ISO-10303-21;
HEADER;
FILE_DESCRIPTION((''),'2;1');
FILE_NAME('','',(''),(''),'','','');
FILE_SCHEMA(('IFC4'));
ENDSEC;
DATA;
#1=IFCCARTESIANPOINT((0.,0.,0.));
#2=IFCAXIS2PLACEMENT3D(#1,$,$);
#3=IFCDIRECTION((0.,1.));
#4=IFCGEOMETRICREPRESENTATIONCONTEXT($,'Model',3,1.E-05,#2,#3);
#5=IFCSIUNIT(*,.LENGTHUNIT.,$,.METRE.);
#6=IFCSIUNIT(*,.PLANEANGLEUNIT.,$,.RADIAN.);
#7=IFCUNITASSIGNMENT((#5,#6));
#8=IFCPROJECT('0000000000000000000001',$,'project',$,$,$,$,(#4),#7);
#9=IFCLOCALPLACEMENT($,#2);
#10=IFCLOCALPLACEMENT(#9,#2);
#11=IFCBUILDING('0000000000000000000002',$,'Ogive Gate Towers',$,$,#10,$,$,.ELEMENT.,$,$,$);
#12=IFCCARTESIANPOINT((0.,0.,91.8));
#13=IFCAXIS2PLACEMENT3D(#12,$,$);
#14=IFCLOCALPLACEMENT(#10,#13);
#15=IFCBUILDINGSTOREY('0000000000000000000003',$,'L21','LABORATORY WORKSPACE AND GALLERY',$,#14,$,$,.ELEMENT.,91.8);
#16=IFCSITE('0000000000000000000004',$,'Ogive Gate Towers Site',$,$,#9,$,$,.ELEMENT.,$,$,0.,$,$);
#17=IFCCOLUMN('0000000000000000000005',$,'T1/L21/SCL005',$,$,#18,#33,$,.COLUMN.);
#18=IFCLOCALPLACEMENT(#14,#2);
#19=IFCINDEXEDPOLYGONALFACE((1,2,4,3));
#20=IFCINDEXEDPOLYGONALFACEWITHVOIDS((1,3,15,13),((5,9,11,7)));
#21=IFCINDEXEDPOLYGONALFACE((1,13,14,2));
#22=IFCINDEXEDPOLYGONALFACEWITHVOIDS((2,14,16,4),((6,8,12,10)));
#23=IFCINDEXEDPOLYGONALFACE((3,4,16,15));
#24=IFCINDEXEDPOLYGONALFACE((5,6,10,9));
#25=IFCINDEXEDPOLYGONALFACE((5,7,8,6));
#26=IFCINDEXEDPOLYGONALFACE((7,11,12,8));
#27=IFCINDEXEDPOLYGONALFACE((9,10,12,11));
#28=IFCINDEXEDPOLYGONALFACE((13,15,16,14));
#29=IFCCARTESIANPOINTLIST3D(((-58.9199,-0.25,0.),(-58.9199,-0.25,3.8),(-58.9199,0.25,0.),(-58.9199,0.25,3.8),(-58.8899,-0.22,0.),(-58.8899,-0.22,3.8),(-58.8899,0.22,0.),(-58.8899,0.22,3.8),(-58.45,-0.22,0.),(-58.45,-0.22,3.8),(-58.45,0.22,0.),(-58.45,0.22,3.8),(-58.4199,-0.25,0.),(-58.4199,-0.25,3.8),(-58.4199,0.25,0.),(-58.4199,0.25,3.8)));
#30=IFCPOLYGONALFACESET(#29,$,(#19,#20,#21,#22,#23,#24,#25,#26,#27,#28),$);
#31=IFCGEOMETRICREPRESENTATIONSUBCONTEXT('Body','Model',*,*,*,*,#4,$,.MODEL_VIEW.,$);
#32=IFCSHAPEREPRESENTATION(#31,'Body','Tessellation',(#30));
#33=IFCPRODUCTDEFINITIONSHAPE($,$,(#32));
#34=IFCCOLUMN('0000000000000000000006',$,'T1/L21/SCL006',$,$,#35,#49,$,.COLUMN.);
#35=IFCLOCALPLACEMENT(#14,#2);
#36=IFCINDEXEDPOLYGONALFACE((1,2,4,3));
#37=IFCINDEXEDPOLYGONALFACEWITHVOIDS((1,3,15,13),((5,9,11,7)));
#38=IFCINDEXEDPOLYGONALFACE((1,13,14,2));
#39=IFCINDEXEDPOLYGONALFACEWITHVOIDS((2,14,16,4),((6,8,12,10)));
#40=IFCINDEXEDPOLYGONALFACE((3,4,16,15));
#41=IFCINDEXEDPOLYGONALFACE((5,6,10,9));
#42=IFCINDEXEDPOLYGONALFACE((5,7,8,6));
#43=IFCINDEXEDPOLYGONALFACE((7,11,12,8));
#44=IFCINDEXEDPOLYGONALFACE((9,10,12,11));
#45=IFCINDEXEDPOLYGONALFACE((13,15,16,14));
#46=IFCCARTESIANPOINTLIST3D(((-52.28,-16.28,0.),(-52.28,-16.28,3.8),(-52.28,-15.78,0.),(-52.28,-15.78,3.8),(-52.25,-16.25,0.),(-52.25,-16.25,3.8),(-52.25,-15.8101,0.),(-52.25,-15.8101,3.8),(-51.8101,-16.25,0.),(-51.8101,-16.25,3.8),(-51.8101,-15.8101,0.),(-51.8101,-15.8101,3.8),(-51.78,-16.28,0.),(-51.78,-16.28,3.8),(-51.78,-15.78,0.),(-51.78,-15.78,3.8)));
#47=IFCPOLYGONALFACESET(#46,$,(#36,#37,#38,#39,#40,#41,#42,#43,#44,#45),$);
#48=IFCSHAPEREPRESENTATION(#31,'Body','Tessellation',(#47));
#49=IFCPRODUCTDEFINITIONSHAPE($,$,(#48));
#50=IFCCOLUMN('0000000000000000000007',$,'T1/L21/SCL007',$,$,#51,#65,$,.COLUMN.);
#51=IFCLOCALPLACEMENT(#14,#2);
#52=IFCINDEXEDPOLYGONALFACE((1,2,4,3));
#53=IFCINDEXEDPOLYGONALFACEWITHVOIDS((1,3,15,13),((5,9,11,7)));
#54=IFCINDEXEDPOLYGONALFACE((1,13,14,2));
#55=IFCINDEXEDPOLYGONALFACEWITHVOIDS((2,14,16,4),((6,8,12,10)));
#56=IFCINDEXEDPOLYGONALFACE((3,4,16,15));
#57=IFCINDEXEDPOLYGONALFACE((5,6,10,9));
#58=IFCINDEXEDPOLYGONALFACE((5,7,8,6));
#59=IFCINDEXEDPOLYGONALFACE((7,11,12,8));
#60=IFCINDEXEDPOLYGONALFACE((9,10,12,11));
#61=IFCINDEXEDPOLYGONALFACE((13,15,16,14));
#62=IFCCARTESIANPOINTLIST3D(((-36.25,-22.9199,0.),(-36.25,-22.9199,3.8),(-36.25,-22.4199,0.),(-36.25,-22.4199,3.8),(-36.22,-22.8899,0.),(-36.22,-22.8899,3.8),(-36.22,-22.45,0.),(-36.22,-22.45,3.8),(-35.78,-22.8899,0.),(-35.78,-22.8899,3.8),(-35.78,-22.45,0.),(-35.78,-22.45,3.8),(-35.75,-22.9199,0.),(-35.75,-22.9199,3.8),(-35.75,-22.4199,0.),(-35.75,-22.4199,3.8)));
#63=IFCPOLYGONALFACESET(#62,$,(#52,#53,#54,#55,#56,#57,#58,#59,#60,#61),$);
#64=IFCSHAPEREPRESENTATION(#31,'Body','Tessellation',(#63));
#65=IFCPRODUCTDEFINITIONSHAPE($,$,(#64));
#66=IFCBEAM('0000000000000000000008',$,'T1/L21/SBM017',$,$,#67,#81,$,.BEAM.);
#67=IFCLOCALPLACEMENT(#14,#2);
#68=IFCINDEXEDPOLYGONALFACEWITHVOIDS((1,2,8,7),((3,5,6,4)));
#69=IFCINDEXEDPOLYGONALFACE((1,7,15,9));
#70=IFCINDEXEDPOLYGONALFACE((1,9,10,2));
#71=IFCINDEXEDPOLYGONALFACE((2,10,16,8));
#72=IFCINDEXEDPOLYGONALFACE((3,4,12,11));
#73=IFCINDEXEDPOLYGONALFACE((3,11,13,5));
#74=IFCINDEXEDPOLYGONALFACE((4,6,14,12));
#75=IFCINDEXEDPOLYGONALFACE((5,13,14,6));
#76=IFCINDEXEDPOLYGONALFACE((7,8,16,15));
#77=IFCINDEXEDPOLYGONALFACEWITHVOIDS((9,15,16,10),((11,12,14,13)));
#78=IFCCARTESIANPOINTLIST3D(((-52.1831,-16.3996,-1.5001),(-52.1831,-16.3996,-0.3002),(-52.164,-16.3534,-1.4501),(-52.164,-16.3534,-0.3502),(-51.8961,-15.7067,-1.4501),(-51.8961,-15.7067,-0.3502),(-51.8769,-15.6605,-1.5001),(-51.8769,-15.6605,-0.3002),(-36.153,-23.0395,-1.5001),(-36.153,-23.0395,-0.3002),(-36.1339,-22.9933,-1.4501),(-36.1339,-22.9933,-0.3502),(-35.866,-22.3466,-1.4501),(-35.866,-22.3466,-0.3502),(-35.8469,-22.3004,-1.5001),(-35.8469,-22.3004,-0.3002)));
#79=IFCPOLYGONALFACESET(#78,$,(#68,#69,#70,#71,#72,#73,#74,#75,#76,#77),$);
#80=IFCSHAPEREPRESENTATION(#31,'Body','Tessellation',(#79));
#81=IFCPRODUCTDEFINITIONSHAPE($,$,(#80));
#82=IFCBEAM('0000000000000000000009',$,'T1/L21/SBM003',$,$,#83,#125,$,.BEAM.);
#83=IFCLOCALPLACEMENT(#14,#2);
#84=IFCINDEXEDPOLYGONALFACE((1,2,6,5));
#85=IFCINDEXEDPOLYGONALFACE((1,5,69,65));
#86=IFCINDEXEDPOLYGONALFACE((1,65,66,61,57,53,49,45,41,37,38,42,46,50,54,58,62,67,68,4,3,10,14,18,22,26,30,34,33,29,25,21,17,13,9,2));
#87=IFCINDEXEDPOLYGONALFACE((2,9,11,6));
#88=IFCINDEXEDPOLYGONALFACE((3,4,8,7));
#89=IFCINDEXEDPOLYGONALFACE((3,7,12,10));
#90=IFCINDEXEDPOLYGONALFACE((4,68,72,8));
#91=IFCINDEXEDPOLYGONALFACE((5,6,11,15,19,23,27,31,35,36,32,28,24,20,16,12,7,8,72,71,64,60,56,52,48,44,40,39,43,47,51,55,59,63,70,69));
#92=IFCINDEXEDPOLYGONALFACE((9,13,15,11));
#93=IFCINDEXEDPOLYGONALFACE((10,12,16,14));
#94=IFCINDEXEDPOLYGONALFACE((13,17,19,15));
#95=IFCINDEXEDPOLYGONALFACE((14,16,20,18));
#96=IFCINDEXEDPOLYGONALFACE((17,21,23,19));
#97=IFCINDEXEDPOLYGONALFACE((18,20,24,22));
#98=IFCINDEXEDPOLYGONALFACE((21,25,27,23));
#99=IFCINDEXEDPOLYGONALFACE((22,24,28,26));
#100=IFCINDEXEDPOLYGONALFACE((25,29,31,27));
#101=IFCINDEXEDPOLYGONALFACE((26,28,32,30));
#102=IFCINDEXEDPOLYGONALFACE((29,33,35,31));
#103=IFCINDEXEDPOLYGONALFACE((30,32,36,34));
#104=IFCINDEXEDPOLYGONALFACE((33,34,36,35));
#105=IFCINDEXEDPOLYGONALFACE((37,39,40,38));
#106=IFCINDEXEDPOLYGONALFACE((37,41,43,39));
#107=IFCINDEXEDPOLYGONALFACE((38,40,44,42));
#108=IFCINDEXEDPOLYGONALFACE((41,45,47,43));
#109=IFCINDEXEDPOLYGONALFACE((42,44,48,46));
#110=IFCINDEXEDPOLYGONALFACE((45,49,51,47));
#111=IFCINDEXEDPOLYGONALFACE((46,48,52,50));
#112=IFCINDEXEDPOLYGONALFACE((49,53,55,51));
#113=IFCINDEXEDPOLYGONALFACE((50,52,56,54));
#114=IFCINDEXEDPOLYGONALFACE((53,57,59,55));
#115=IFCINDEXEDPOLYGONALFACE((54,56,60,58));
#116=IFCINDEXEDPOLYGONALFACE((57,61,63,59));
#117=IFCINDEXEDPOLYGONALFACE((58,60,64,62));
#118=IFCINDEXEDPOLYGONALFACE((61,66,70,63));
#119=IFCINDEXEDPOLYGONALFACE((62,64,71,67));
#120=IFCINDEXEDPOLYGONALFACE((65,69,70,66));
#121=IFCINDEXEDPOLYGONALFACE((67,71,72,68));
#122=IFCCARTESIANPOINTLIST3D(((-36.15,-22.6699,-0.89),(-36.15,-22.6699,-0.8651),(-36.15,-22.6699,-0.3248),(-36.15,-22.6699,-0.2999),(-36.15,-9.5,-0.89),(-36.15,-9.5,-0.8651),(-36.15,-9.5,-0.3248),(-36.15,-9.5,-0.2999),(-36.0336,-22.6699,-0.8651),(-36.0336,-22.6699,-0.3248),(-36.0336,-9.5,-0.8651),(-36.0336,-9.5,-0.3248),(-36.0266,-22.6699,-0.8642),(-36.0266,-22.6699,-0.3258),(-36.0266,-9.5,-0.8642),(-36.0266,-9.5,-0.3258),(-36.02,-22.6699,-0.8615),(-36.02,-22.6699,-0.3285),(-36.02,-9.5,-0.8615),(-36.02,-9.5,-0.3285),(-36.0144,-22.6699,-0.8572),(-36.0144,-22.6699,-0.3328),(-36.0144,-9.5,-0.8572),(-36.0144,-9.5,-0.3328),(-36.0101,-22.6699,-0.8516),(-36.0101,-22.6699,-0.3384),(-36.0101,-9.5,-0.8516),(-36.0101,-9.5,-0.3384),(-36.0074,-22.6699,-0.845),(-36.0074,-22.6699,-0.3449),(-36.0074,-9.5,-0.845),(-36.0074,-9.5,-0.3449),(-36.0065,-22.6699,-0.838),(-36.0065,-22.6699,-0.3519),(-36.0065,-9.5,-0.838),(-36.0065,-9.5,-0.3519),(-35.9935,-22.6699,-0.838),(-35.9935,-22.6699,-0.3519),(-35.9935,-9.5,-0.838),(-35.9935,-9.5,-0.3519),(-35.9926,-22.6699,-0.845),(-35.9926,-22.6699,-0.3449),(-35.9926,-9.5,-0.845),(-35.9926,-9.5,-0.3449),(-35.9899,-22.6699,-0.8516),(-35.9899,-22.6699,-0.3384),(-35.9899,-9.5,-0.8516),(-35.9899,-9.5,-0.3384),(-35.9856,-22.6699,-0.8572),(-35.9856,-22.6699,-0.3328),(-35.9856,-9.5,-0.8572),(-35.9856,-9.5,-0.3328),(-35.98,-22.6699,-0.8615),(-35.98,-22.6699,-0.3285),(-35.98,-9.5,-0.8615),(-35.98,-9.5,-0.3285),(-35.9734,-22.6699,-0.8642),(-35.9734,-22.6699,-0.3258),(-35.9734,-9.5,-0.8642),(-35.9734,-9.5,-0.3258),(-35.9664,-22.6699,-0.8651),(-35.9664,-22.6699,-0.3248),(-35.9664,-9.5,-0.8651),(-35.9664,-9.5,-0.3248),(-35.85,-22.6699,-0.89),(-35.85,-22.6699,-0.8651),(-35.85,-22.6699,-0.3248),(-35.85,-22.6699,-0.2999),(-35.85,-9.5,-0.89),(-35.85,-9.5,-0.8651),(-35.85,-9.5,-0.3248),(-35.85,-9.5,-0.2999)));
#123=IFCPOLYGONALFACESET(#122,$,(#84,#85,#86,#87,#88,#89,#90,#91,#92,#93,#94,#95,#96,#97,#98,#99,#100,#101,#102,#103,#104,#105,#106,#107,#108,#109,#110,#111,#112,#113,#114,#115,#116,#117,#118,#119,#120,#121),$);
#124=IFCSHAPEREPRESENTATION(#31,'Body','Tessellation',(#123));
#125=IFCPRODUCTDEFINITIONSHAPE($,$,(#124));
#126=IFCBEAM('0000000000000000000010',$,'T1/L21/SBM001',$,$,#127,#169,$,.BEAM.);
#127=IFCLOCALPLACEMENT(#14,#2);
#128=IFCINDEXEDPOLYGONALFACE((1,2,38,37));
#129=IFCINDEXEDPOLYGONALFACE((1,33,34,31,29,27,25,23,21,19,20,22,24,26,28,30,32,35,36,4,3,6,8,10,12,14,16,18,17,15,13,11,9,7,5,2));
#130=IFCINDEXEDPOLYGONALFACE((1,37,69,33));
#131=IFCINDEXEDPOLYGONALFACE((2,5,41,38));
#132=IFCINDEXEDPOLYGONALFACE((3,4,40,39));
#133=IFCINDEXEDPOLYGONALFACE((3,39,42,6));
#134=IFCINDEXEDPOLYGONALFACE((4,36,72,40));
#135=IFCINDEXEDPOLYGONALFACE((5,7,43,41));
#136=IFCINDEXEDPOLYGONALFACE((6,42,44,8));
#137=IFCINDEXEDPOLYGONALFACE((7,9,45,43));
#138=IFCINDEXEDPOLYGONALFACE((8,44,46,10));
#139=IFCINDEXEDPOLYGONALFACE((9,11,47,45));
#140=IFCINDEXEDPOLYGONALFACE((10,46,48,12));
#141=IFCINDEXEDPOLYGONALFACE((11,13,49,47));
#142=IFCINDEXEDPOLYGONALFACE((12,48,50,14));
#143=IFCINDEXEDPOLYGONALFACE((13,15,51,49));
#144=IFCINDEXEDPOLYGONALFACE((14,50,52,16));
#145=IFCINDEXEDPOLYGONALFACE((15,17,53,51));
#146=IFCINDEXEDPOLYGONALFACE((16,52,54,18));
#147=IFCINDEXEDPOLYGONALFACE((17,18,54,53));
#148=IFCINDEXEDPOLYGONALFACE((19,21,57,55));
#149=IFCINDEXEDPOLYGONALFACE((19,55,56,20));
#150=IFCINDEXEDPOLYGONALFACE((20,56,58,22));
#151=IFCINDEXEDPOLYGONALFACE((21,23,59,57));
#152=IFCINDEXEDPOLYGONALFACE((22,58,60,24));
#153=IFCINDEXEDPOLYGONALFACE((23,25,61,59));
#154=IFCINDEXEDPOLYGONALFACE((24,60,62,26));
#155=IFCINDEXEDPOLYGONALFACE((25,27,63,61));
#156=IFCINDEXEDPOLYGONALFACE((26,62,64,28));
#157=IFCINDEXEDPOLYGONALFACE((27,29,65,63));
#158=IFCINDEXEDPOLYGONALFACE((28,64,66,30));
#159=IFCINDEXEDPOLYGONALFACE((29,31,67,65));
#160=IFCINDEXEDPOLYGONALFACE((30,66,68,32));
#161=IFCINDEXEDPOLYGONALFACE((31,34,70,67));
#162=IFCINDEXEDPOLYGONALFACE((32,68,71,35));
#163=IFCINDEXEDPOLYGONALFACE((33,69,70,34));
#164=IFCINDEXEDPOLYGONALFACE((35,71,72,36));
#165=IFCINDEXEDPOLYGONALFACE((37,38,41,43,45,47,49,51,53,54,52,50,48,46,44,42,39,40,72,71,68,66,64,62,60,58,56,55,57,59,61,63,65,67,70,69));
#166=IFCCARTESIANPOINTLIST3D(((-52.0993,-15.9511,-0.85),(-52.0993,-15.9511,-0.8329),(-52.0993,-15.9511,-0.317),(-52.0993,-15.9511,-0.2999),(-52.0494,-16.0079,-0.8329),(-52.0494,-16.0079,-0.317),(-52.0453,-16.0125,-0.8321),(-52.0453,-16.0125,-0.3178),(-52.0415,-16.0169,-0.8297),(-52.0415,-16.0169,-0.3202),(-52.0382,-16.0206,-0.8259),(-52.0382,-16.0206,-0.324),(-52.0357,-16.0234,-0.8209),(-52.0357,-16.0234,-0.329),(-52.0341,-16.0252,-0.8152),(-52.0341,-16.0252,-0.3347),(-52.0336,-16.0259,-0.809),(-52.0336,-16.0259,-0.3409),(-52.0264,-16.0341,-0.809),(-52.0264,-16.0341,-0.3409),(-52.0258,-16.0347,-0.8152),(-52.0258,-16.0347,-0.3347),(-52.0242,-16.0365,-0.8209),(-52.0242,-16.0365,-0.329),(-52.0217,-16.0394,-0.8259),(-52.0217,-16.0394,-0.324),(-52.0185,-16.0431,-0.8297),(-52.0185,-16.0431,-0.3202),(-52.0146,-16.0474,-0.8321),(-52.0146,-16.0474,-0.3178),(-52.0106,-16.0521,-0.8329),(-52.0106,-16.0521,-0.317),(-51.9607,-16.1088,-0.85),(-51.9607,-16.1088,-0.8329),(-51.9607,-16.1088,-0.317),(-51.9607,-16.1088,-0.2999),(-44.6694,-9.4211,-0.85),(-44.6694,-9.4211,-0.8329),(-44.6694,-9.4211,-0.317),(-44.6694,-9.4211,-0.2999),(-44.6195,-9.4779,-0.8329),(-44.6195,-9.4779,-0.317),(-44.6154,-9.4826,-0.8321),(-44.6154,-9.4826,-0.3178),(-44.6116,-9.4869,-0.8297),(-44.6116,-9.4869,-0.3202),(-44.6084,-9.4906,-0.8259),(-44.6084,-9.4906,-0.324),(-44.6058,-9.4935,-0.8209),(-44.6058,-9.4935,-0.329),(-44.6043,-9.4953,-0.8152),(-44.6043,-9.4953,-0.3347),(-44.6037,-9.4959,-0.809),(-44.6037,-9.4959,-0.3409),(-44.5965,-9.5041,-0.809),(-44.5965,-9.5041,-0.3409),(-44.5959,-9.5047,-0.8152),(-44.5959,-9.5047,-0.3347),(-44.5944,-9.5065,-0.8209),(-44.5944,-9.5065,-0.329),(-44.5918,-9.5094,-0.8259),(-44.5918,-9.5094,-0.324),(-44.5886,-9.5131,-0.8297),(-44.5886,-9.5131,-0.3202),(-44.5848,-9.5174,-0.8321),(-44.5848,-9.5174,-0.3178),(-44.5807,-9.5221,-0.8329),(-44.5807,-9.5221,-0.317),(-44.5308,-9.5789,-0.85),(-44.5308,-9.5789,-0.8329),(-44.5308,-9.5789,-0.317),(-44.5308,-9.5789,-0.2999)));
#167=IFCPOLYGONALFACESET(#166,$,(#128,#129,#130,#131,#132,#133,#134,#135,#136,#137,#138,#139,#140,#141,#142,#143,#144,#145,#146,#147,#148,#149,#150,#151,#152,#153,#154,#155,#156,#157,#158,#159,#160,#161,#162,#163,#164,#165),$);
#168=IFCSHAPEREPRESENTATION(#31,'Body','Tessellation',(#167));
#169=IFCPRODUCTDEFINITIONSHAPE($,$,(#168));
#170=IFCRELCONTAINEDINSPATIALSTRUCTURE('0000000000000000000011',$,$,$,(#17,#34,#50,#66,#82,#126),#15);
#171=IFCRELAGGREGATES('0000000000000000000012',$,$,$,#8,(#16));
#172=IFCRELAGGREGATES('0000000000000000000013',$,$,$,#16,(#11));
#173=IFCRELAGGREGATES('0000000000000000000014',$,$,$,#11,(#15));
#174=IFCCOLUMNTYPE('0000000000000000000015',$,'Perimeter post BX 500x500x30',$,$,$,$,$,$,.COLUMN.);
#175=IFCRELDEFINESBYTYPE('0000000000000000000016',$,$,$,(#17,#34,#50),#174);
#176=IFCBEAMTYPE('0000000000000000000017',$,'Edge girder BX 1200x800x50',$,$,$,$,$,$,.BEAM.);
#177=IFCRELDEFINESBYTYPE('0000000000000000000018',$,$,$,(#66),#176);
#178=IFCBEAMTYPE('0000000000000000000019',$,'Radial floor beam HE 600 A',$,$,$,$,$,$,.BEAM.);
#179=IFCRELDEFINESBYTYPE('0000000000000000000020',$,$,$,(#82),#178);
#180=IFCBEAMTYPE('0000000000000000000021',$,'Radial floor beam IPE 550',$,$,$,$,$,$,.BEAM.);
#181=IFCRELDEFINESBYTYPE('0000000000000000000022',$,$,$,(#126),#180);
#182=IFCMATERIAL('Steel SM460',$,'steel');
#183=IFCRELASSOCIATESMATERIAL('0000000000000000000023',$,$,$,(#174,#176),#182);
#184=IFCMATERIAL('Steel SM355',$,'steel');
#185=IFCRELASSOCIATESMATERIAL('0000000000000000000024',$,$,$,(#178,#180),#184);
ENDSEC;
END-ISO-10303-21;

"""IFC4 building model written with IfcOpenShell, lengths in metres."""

from ifc_helpers import new_model, si_unit, direction, frame, origin, origin_2d, place, context, subcontext, project, spatial, hollow_rectangle, i_section, extrude, material, material_profile, profile_set, type_object, element, save


model = new_model("IFC4")

# Units and contexts
model_context = context("Model", 3, precision=1e-05, world=origin(), true_north=direction((0.0, 1.0)))
body_context = subcontext(model_context, "Body", "Model", "MODEL_VIEW")
ifc_project = project(units=[si_unit("LENGTHUNIT", "METRE"), si_unit("PLANEANGLEUNIT", "RADIAN")], contexts=[model_context])

# Site, building, storey
site_placement = place(None, origin())
site = spatial("IfcSite", under=ifc_project, at=site_placement, Name="Ogive Gate Towers Site", CompositionType="ELEMENT", RefElevation=0.0)
building_placement = place(site_placement, origin())
building = spatial("IfcBuilding", under=site, at=building_placement, Name="Ogive Gate Towers", CompositionType="ELEMENT")
storey_placement = place(building_placement, frame((0.0, 0.0, 91.8)))
storey = spatial("IfcBuildingStorey", under=building, at=storey_placement, Name="L21", Description="LABORATORY WORKSPACE AND GALLERY", CompositionType="ELEMENT", Elevation=91.8)

# Columns
ifc_material_1 = material(Name="Steel SM460", Category="steel")
ifc_material_profile_1 = material_profile(ifc_material_1, hollow_rectangle(XDim=0.5, YDim=0.5, WallThickness=0.03, at=origin_2d()), Name="BX 500x500x30")
ifc_profile_set_1 = profile_set([ifc_material_profile_1], Name="Steel SM460")
column_type = type_object("IfcColumnType", Name="Perimeter post BX 500x500x30", PredefinedType="COLUMN", material=ifc_profile_set_1)
for number, where, z_axis, x_axis, name in (
    (1, (-58.6699, 0.0, 0.0), (0.0, 0.0, 1.0), (1.0, 0.0, 0.0), "T1/L21/SCL005"),
    (2, (-52.03, -16.03, 0.0), (0.0, 0.0, 1.0), (1.0, 0.0, 0.0), "T1/L21/SCL006"),
    (3, (-36.0, -22.6699, 0.0), (0.0, 0.0, 1.0), (1.0, 0.0, 0.0), "T1/L21/SCL007"),
):
    element("IfcColumn", number, at=place(storey_placement, frame(where, z_axis=z_axis, x_axis=x_axis)), inside=storey, type_object=column_type, Name=name, PredefinedType="COLUMN", context=body_context, shape_type="SweptSolid", body=[
        extrude(hollow_rectangle(XDim=0.5, YDim=0.5, WallThickness=0.03, at=origin_2d()), origin(), (0.0, 0.0, 1.0), 3.8),
    ])

# Beams
ifc_material_profile_2 = material_profile(ifc_material_1, hollow_rectangle(XDim=0.8, YDim=1.2, WallThickness=0.05, at=origin_2d()), Name="BX 1200x800x50")
ifc_profile_set_2 = profile_set([ifc_material_profile_2], Name="Steel SM460")
beam_type_1 = type_object("IfcBeamType", Name="Edge girder BX 1200x800x50", PredefinedType="BEAM", material=ifc_profile_set_2)
beam_1_placement = place(storey_placement, frame((-52.03, -16.03, -0.9001), z_axis=(0.923879, -0.382685, 0.0), x_axis=(0.382685, 0.923879, 0.0)))
element("IfcBeam", 4, at=beam_1_placement, inside=storey, type_object=beam_type_1, Name="T1/L21/SBM017", PredefinedType="BEAM", context=body_context, shape_type="SweptSolid", body=[
    extrude(hollow_rectangle(XDim=0.8, YDim=1.2, WallThickness=0.05, at=origin_2d()), origin(), (0.0, 0.0, 1.0), 17.3508),
])
ifc_material_2 = material(Name="Steel SM355", Category="steel")
ifc_material_profile_3 = material_profile(ifc_material_2, i_section(OverallWidth=0.3, OverallDepth=0.5901, WebThickness=0.0129, FlangeThickness=0.0249, FilletRadius=0.0271, at=origin_2d()), Name="HE 600 A")
ifc_profile_set_3 = profile_set([ifc_material_profile_3], Name="Steel SM355")
beam_type_2 = type_object("IfcBeamType", Name="Radial floor beam HE 600 A", PredefinedType="BEAM", material=ifc_profile_set_3)
beam_2_placement = place(storey_placement, frame((-36.0, -9.5, -0.595), z_axis=(0.0, -1.0, 0.0), x_axis=(1.0, 0.0, 0.0)))
element("IfcBeam", 5, at=beam_2_placement, inside=storey, type_object=beam_type_2, Name="T1/L21/SBM003", PredefinedType="BEAM", context=body_context, shape_type="SweptSolid", body=[
    extrude(i_section(OverallWidth=0.3, OverallDepth=0.5901, WebThickness=0.0129, FlangeThickness=0.0249, FilletRadius=0.0271, at=origin_2d()), origin(), (0.0, 0.0, 1.0), 13.1699),
])
ifc_material_profile_4 = material_profile(ifc_material_2, i_section(OverallWidth=0.21, OverallDepth=0.55, WebThickness=0.011, FlangeThickness=0.0171, FilletRadius=0.0239, at=origin_2d()), Name="IPE 550")
ifc_profile_set_4 = profile_set([ifc_material_profile_4], Name="Steel SM355")
beam_type_3 = type_object("IfcBeamType", Name="Radial floor beam IPE 550", PredefinedType="BEAM", material=ifc_profile_set_4)
beam_3_placement = place(storey_placement, frame((-44.6001, -9.5, -0.575), z_axis=(-0.75113, -0.660154, 0.0), x_axis=(0.660154, -0.75113, 0.0)))
element("IfcBeam", 6, at=beam_3_placement, inside=storey, type_object=beam_type_3, Name="T1/L21/SBM001", PredefinedType="BEAM", context=body_context, shape_type="SweptSolid", body=[
    extrude(i_section(OverallWidth=0.21, OverallDepth=0.55, WebThickness=0.011, FlangeThickness=0.0171, FilletRadius=0.0239, at=origin_2d()), origin(), (0.0, 0.0, 1.0), 9.8916),
])

save(model, "model.ifc")
